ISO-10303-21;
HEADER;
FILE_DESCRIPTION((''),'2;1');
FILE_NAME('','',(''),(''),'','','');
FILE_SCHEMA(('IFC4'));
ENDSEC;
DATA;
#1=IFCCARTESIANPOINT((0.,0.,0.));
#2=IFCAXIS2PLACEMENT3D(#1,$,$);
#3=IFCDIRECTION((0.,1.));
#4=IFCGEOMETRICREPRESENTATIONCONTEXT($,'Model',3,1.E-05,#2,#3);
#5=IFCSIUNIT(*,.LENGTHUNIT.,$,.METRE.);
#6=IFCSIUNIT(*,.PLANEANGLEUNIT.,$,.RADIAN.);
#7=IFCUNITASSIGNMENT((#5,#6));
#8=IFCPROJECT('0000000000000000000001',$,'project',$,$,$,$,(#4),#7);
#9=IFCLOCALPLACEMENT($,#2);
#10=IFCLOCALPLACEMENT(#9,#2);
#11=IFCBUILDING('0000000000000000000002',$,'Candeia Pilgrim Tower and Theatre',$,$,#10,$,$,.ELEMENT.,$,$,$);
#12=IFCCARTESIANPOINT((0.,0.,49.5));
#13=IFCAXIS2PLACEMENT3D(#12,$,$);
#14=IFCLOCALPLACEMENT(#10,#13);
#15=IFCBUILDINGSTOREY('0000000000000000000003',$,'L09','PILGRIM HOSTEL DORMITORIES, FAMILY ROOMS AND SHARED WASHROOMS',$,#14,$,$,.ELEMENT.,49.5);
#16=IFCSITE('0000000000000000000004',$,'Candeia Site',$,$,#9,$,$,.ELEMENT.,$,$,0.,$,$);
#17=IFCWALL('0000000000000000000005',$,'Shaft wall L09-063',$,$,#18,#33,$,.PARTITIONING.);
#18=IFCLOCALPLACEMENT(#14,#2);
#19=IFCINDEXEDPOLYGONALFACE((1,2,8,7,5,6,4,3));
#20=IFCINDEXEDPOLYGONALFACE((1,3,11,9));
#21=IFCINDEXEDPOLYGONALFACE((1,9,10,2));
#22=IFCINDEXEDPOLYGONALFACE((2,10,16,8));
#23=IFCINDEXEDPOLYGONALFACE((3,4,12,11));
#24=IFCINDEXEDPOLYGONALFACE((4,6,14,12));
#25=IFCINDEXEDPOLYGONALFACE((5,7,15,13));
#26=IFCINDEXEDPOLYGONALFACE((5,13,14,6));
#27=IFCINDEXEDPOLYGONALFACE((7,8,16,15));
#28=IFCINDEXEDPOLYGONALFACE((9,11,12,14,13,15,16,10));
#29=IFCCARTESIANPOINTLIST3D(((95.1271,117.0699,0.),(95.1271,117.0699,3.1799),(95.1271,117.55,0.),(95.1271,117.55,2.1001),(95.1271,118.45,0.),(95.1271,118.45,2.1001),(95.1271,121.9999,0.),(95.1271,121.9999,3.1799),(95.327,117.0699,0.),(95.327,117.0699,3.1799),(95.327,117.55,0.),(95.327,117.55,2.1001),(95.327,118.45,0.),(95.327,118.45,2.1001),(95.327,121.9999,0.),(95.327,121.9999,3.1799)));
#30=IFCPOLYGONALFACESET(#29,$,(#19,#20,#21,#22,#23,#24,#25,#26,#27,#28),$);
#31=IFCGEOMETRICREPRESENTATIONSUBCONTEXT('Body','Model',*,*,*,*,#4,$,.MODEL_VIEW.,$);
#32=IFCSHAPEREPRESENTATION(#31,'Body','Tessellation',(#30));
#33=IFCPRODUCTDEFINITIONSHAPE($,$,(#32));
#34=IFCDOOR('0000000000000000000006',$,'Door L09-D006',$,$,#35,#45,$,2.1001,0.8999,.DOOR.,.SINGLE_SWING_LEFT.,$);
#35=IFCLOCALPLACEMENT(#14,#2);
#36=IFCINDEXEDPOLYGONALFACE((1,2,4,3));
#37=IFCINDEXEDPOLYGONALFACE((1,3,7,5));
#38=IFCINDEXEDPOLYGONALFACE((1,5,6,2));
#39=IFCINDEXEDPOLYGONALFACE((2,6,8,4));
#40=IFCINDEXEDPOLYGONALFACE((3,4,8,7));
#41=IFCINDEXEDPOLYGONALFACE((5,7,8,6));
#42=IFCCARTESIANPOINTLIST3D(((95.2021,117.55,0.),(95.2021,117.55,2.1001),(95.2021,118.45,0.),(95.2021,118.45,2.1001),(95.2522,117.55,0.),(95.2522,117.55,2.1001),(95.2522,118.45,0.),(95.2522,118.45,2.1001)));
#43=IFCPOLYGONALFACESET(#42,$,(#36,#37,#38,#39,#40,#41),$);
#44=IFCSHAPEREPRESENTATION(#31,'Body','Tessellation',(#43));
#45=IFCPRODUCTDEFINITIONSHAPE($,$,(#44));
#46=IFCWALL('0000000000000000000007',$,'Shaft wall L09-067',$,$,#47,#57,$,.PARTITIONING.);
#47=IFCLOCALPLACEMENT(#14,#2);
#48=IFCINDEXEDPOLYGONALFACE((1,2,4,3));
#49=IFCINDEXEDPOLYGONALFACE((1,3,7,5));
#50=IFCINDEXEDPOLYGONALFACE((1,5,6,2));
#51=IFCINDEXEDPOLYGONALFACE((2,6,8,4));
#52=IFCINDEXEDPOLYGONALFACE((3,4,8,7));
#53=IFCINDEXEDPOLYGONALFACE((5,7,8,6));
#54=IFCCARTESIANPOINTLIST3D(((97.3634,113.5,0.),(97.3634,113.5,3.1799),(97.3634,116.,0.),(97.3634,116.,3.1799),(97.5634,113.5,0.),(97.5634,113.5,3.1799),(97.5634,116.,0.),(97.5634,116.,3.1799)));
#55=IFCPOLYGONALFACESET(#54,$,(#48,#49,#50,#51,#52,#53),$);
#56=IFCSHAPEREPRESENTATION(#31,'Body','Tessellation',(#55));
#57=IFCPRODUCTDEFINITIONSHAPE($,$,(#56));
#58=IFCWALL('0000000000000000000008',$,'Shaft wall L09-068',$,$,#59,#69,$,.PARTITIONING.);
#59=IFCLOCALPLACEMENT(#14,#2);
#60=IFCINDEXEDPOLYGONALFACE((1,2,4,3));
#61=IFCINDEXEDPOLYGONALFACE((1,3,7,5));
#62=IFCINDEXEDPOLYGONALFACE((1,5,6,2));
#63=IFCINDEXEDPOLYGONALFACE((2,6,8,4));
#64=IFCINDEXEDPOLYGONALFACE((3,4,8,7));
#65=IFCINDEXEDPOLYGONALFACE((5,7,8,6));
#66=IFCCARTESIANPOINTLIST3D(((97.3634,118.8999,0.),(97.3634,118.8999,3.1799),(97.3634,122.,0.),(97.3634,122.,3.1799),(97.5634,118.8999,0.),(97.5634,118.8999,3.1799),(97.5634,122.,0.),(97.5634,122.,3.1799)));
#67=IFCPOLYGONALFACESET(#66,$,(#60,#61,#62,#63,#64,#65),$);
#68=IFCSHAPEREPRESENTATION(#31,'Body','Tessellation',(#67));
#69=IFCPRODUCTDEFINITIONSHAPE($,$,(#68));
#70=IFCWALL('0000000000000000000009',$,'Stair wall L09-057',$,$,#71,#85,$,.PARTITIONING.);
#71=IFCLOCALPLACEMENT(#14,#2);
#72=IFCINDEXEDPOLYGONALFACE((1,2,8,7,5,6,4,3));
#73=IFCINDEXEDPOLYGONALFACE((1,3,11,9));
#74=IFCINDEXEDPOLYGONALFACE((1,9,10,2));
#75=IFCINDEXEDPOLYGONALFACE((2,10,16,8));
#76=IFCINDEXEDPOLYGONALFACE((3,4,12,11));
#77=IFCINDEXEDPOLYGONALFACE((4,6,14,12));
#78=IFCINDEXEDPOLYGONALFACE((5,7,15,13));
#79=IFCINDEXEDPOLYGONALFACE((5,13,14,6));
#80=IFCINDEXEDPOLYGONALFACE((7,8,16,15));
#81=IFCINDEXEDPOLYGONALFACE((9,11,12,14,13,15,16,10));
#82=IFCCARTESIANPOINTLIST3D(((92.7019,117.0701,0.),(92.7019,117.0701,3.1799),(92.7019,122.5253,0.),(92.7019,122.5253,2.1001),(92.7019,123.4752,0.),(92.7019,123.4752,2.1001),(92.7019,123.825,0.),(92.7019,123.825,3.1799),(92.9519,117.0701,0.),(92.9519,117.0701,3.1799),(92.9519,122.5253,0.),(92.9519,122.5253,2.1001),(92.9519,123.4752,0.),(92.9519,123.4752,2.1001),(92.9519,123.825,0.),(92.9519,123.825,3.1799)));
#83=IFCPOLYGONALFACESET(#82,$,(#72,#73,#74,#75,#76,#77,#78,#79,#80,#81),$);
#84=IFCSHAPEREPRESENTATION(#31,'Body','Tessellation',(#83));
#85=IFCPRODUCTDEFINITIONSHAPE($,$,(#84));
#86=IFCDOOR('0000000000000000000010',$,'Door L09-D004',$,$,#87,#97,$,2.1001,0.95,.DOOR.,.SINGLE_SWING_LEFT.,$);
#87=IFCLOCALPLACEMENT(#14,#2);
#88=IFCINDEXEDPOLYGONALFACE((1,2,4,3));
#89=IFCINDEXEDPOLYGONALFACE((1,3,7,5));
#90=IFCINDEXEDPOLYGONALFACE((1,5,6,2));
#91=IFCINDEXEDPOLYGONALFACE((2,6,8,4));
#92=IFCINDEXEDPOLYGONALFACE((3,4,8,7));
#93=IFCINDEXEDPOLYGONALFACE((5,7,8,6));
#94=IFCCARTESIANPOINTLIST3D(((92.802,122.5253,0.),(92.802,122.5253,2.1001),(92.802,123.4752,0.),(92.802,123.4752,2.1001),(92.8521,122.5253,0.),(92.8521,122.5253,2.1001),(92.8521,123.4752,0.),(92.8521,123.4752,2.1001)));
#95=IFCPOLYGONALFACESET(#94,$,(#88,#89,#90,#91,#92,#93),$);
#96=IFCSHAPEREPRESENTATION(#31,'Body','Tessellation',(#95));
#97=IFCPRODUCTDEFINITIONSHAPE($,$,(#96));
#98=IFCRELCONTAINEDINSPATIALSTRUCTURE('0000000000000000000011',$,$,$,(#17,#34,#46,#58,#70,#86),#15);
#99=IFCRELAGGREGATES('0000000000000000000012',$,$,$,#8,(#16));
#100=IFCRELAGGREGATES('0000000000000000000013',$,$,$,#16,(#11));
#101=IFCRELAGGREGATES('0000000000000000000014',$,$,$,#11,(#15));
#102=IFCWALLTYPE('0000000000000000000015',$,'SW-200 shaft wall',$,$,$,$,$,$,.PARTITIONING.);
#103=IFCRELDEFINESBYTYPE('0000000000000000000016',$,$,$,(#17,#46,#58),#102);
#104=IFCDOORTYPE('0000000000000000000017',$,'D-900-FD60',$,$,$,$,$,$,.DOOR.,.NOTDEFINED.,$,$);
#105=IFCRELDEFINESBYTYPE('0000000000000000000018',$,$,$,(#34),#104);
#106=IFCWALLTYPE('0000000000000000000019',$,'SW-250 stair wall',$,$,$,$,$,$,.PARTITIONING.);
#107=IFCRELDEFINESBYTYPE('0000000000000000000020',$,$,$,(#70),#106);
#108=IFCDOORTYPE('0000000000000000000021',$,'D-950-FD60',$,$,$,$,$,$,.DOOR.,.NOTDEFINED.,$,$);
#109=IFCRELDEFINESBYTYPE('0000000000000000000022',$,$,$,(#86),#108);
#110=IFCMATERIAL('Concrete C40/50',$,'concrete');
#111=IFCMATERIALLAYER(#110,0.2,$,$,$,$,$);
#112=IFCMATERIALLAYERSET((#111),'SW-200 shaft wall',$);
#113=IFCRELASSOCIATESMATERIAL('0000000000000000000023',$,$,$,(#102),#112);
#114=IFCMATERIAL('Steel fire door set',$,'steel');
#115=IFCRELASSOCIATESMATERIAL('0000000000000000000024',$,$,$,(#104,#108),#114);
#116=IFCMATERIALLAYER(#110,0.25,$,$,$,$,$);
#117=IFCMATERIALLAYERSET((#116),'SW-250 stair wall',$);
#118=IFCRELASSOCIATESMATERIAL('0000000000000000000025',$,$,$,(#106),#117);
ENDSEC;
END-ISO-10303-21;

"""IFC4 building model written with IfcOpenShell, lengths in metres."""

from ifc_helpers import new_model, si_unit, direction, frame, frame_2d, origin, place, context, subcontext, project, spatial, rectangle, extrude, material, layer, layer_set, type_object, element, fill, save


model = new_model("IFC4")

# Units and contexts
model_context = context("Model", 3, precision=1e-05, world=origin(), true_north=direction((0.0, 1.0)))
body_context = subcontext(model_context, "Body", "Model", "MODEL_VIEW")
ifc_project = project(units=[si_unit("LENGTHUNIT", "METRE"), si_unit("PLANEANGLEUNIT", "RADIAN")], contexts=[model_context])

# Site, building, storey
site_placement = place(None, origin())
site = spatial("IfcSite", under=ifc_project, at=site_placement, Name="Candeia Site", CompositionType="ELEMENT", RefElevation=0.0)
building_placement = place(site_placement, origin())
building = spatial("IfcBuilding", under=site, at=building_placement, Name="Candeia Pilgrim Tower and Theatre", CompositionType="ELEMENT")
storey_placement = place(building_placement, frame((0.0, 0.0, 49.5)))
storey = spatial("IfcBuildingStorey", under=building, at=storey_placement, Name="L09", Description="PILGRIM HOSTEL DORMITORIES, FAMILY ROOMS AND SHARED WASHROOMS", CompositionType="ELEMENT", Elevation=49.5)

# Shared definitions
ifc_material_1 = material(Name="Steel fire door set", Category="steel")

# Shared definitions
ifc_material_2 = material(Name="Concrete C40/50", Category="concrete")
ifc_layer_1 = layer(ifc_material_2, 0.2)
ifc_layer_set_1 = layer_set([ifc_layer_1], Name="SW-200 shaft wall")
wall_type_1 = type_object("IfcWallType", Name="SW-200 shaft wall", PredefinedType="PARTITIONING", material=ifc_layer_set_1)
door_type_1 = type_object("IfcDoorType", Name="D-900-FD60", OperationType="NOTDEFINED", PredefinedType="DOOR", material=ifc_material_1)

# Wall, opening, door
wall_1_placement = place(storey_placement, frame((95.2271, 117.0701, 0.0), z_axis=(0.0, 0.0, 1.0), x_axis=(0.0, 1.0, 0.0)))
wall_1 = element("IfcWall", 1, at=wall_1_placement, inside=storey, type_object=wall_type_1, Name="Shaft wall L09-063", PredefinedType="PARTITIONING", context=body_context, shape_type="SweptSolid", body=[
    extrude(rectangle(XDim=4.9299, YDim=0.2, at=frame_2d((2.4648, 0.0))), origin(), (0.0, 0.0, 1.0), 3.1799),
])
opening_1_placement = place(wall_1_placement, frame((0.48, 0.0, 0.0)))
opening_1 = element("IfcOpeningElement", 2, at=opening_1_placement, cuts=wall_1, PredefinedType="OPENING", context=body_context, shape_type="SweptSolid", body=[
    extrude(rectangle(XDim=0.8999, YDim=2.1001, at=frame_2d((0.45, 1.05))), frame((0.0, 0.1099, 0.0), z_axis=(0.0, -1.0, 0.0), x_axis=(1.0, 0.0, 0.0)), (0.0, 0.0, 1.0), 0.22),
])
door_1_placement = place(opening_1_placement, origin())
door_1 = element("IfcDoor", 3, at=door_1_placement, inside=storey, type_object=door_type_1, Name="Door L09-D006", OperationType="SINGLE_SWING_LEFT", OverallHeight=2.1001, OverallWidth=0.8999, PredefinedType="DOOR", context=body_context, shape_type="SweptSolid", body=[
    extrude(rectangle(XDim=0.8999, YDim=2.1001, at=frame_2d((0.45, 1.05))), frame((0.0, 0.0249, 0.0), z_axis=(0.0, -1.0, 0.0), x_axis=(1.0, 0.0, 0.0)), (0.0, 0.0, 1.0), 0.05),
])
fill(opening_1, door_1)

# Walls
wall_2_placement = place(storey_placement, frame((97.4634, 113.5, 0.0), z_axis=(0.0, 0.0, 1.0), x_axis=(0.0, 1.0, 0.0)))
element("IfcWall", 4, at=wall_2_placement, inside=storey, type_object=wall_type_1, Name="Shaft wall L09-067", PredefinedType="PARTITIONING", context=body_context, shape_type="SweptSolid", body=[
    extrude(rectangle(XDim=2.5, YDim=0.2, at=frame_2d((1.25, 0.0))), origin(), (0.0, 0.0, 1.0), 3.1799),
])
wall_3_placement = place(storey_placement, frame((97.4634, 118.8999, 0.0), z_axis=(0.0, 0.0, 1.0), x_axis=(0.0, 1.0, 0.0)))
element("IfcWall", 5, at=wall_3_placement, inside=storey, type_object=wall_type_1, Name="Shaft wall L09-068", PredefinedType="PARTITIONING", context=body_context, shape_type="SweptSolid", body=[
    extrude(rectangle(XDim=3.1001, YDim=0.2, at=frame_2d((1.55, 0.0))), origin(), (0.0, 0.0, 1.0), 3.1799),
])

# Wall, opening, door
ifc_layer_2 = layer(ifc_material_2, 0.25)
ifc_layer_set_2 = layer_set([ifc_layer_2], Name="SW-250 stair wall")
wall_type_2 = type_object("IfcWallType", Name="SW-250 stair wall", PredefinedType="PARTITIONING", material=ifc_layer_set_2)
wall_4_placement = place(storey_placement, frame((92.8269, 117.0701, 0.0), z_axis=(0.0, 0.0, 1.0), x_axis=(0.0, 1.0, 0.0)))
wall_4 = element("IfcWall", 6, at=wall_4_placement, inside=storey, type_object=wall_type_2, Name="Stair wall L09-057", PredefinedType="PARTITIONING", context=body_context, shape_type="SweptSolid", body=[
    extrude(rectangle(XDim=6.7549, YDim=0.25, at=frame_2d((3.3774, 0.0))), origin(), (0.0, 0.0, 1.0), 3.1799),
])
opening_2_placement = place(wall_4_placement, frame((5.4551, 0.0, 0.0)))
opening_2 = element("IfcOpeningElement", 7, at=opening_2_placement, cuts=wall_4, PredefinedType="OPENING", context=body_context, shape_type="SweptSolid", body=[
    extrude(rectangle(XDim=0.95, YDim=2.1001, at=frame_2d((0.4751, 1.05))), frame((0.0, 0.135, 0.0), z_axis=(0.0, -1.0, 0.0), x_axis=(1.0, 0.0, 0.0)), (0.0, 0.0, 1.0), 0.27),
])
door_type_2 = type_object("IfcDoorType", Name="D-950-FD60", OperationType="NOTDEFINED", PredefinedType="DOOR", material=ifc_material_1)
door_2_placement = place(opening_2_placement, origin())
door_2 = element("IfcDoor", 8, at=door_2_placement, inside=storey, type_object=door_type_2, Name="Door L09-D004", OperationType="SINGLE_SWING_LEFT", OverallHeight=2.1001, OverallWidth=0.95, PredefinedType="DOOR", context=body_context, shape_type="SweptSolid", body=[
    extrude(rectangle(XDim=0.95, YDim=2.1001, at=frame_2d((0.4751, 1.05))), frame((0.0, 0.0249, 0.0), z_axis=(0.0, -1.0, 0.0), x_axis=(1.0, 0.0, 0.0)), (0.0, 0.0, 1.0), 0.05),
])
fill(opening_2, door_2)

save(model, "model.ifc")
